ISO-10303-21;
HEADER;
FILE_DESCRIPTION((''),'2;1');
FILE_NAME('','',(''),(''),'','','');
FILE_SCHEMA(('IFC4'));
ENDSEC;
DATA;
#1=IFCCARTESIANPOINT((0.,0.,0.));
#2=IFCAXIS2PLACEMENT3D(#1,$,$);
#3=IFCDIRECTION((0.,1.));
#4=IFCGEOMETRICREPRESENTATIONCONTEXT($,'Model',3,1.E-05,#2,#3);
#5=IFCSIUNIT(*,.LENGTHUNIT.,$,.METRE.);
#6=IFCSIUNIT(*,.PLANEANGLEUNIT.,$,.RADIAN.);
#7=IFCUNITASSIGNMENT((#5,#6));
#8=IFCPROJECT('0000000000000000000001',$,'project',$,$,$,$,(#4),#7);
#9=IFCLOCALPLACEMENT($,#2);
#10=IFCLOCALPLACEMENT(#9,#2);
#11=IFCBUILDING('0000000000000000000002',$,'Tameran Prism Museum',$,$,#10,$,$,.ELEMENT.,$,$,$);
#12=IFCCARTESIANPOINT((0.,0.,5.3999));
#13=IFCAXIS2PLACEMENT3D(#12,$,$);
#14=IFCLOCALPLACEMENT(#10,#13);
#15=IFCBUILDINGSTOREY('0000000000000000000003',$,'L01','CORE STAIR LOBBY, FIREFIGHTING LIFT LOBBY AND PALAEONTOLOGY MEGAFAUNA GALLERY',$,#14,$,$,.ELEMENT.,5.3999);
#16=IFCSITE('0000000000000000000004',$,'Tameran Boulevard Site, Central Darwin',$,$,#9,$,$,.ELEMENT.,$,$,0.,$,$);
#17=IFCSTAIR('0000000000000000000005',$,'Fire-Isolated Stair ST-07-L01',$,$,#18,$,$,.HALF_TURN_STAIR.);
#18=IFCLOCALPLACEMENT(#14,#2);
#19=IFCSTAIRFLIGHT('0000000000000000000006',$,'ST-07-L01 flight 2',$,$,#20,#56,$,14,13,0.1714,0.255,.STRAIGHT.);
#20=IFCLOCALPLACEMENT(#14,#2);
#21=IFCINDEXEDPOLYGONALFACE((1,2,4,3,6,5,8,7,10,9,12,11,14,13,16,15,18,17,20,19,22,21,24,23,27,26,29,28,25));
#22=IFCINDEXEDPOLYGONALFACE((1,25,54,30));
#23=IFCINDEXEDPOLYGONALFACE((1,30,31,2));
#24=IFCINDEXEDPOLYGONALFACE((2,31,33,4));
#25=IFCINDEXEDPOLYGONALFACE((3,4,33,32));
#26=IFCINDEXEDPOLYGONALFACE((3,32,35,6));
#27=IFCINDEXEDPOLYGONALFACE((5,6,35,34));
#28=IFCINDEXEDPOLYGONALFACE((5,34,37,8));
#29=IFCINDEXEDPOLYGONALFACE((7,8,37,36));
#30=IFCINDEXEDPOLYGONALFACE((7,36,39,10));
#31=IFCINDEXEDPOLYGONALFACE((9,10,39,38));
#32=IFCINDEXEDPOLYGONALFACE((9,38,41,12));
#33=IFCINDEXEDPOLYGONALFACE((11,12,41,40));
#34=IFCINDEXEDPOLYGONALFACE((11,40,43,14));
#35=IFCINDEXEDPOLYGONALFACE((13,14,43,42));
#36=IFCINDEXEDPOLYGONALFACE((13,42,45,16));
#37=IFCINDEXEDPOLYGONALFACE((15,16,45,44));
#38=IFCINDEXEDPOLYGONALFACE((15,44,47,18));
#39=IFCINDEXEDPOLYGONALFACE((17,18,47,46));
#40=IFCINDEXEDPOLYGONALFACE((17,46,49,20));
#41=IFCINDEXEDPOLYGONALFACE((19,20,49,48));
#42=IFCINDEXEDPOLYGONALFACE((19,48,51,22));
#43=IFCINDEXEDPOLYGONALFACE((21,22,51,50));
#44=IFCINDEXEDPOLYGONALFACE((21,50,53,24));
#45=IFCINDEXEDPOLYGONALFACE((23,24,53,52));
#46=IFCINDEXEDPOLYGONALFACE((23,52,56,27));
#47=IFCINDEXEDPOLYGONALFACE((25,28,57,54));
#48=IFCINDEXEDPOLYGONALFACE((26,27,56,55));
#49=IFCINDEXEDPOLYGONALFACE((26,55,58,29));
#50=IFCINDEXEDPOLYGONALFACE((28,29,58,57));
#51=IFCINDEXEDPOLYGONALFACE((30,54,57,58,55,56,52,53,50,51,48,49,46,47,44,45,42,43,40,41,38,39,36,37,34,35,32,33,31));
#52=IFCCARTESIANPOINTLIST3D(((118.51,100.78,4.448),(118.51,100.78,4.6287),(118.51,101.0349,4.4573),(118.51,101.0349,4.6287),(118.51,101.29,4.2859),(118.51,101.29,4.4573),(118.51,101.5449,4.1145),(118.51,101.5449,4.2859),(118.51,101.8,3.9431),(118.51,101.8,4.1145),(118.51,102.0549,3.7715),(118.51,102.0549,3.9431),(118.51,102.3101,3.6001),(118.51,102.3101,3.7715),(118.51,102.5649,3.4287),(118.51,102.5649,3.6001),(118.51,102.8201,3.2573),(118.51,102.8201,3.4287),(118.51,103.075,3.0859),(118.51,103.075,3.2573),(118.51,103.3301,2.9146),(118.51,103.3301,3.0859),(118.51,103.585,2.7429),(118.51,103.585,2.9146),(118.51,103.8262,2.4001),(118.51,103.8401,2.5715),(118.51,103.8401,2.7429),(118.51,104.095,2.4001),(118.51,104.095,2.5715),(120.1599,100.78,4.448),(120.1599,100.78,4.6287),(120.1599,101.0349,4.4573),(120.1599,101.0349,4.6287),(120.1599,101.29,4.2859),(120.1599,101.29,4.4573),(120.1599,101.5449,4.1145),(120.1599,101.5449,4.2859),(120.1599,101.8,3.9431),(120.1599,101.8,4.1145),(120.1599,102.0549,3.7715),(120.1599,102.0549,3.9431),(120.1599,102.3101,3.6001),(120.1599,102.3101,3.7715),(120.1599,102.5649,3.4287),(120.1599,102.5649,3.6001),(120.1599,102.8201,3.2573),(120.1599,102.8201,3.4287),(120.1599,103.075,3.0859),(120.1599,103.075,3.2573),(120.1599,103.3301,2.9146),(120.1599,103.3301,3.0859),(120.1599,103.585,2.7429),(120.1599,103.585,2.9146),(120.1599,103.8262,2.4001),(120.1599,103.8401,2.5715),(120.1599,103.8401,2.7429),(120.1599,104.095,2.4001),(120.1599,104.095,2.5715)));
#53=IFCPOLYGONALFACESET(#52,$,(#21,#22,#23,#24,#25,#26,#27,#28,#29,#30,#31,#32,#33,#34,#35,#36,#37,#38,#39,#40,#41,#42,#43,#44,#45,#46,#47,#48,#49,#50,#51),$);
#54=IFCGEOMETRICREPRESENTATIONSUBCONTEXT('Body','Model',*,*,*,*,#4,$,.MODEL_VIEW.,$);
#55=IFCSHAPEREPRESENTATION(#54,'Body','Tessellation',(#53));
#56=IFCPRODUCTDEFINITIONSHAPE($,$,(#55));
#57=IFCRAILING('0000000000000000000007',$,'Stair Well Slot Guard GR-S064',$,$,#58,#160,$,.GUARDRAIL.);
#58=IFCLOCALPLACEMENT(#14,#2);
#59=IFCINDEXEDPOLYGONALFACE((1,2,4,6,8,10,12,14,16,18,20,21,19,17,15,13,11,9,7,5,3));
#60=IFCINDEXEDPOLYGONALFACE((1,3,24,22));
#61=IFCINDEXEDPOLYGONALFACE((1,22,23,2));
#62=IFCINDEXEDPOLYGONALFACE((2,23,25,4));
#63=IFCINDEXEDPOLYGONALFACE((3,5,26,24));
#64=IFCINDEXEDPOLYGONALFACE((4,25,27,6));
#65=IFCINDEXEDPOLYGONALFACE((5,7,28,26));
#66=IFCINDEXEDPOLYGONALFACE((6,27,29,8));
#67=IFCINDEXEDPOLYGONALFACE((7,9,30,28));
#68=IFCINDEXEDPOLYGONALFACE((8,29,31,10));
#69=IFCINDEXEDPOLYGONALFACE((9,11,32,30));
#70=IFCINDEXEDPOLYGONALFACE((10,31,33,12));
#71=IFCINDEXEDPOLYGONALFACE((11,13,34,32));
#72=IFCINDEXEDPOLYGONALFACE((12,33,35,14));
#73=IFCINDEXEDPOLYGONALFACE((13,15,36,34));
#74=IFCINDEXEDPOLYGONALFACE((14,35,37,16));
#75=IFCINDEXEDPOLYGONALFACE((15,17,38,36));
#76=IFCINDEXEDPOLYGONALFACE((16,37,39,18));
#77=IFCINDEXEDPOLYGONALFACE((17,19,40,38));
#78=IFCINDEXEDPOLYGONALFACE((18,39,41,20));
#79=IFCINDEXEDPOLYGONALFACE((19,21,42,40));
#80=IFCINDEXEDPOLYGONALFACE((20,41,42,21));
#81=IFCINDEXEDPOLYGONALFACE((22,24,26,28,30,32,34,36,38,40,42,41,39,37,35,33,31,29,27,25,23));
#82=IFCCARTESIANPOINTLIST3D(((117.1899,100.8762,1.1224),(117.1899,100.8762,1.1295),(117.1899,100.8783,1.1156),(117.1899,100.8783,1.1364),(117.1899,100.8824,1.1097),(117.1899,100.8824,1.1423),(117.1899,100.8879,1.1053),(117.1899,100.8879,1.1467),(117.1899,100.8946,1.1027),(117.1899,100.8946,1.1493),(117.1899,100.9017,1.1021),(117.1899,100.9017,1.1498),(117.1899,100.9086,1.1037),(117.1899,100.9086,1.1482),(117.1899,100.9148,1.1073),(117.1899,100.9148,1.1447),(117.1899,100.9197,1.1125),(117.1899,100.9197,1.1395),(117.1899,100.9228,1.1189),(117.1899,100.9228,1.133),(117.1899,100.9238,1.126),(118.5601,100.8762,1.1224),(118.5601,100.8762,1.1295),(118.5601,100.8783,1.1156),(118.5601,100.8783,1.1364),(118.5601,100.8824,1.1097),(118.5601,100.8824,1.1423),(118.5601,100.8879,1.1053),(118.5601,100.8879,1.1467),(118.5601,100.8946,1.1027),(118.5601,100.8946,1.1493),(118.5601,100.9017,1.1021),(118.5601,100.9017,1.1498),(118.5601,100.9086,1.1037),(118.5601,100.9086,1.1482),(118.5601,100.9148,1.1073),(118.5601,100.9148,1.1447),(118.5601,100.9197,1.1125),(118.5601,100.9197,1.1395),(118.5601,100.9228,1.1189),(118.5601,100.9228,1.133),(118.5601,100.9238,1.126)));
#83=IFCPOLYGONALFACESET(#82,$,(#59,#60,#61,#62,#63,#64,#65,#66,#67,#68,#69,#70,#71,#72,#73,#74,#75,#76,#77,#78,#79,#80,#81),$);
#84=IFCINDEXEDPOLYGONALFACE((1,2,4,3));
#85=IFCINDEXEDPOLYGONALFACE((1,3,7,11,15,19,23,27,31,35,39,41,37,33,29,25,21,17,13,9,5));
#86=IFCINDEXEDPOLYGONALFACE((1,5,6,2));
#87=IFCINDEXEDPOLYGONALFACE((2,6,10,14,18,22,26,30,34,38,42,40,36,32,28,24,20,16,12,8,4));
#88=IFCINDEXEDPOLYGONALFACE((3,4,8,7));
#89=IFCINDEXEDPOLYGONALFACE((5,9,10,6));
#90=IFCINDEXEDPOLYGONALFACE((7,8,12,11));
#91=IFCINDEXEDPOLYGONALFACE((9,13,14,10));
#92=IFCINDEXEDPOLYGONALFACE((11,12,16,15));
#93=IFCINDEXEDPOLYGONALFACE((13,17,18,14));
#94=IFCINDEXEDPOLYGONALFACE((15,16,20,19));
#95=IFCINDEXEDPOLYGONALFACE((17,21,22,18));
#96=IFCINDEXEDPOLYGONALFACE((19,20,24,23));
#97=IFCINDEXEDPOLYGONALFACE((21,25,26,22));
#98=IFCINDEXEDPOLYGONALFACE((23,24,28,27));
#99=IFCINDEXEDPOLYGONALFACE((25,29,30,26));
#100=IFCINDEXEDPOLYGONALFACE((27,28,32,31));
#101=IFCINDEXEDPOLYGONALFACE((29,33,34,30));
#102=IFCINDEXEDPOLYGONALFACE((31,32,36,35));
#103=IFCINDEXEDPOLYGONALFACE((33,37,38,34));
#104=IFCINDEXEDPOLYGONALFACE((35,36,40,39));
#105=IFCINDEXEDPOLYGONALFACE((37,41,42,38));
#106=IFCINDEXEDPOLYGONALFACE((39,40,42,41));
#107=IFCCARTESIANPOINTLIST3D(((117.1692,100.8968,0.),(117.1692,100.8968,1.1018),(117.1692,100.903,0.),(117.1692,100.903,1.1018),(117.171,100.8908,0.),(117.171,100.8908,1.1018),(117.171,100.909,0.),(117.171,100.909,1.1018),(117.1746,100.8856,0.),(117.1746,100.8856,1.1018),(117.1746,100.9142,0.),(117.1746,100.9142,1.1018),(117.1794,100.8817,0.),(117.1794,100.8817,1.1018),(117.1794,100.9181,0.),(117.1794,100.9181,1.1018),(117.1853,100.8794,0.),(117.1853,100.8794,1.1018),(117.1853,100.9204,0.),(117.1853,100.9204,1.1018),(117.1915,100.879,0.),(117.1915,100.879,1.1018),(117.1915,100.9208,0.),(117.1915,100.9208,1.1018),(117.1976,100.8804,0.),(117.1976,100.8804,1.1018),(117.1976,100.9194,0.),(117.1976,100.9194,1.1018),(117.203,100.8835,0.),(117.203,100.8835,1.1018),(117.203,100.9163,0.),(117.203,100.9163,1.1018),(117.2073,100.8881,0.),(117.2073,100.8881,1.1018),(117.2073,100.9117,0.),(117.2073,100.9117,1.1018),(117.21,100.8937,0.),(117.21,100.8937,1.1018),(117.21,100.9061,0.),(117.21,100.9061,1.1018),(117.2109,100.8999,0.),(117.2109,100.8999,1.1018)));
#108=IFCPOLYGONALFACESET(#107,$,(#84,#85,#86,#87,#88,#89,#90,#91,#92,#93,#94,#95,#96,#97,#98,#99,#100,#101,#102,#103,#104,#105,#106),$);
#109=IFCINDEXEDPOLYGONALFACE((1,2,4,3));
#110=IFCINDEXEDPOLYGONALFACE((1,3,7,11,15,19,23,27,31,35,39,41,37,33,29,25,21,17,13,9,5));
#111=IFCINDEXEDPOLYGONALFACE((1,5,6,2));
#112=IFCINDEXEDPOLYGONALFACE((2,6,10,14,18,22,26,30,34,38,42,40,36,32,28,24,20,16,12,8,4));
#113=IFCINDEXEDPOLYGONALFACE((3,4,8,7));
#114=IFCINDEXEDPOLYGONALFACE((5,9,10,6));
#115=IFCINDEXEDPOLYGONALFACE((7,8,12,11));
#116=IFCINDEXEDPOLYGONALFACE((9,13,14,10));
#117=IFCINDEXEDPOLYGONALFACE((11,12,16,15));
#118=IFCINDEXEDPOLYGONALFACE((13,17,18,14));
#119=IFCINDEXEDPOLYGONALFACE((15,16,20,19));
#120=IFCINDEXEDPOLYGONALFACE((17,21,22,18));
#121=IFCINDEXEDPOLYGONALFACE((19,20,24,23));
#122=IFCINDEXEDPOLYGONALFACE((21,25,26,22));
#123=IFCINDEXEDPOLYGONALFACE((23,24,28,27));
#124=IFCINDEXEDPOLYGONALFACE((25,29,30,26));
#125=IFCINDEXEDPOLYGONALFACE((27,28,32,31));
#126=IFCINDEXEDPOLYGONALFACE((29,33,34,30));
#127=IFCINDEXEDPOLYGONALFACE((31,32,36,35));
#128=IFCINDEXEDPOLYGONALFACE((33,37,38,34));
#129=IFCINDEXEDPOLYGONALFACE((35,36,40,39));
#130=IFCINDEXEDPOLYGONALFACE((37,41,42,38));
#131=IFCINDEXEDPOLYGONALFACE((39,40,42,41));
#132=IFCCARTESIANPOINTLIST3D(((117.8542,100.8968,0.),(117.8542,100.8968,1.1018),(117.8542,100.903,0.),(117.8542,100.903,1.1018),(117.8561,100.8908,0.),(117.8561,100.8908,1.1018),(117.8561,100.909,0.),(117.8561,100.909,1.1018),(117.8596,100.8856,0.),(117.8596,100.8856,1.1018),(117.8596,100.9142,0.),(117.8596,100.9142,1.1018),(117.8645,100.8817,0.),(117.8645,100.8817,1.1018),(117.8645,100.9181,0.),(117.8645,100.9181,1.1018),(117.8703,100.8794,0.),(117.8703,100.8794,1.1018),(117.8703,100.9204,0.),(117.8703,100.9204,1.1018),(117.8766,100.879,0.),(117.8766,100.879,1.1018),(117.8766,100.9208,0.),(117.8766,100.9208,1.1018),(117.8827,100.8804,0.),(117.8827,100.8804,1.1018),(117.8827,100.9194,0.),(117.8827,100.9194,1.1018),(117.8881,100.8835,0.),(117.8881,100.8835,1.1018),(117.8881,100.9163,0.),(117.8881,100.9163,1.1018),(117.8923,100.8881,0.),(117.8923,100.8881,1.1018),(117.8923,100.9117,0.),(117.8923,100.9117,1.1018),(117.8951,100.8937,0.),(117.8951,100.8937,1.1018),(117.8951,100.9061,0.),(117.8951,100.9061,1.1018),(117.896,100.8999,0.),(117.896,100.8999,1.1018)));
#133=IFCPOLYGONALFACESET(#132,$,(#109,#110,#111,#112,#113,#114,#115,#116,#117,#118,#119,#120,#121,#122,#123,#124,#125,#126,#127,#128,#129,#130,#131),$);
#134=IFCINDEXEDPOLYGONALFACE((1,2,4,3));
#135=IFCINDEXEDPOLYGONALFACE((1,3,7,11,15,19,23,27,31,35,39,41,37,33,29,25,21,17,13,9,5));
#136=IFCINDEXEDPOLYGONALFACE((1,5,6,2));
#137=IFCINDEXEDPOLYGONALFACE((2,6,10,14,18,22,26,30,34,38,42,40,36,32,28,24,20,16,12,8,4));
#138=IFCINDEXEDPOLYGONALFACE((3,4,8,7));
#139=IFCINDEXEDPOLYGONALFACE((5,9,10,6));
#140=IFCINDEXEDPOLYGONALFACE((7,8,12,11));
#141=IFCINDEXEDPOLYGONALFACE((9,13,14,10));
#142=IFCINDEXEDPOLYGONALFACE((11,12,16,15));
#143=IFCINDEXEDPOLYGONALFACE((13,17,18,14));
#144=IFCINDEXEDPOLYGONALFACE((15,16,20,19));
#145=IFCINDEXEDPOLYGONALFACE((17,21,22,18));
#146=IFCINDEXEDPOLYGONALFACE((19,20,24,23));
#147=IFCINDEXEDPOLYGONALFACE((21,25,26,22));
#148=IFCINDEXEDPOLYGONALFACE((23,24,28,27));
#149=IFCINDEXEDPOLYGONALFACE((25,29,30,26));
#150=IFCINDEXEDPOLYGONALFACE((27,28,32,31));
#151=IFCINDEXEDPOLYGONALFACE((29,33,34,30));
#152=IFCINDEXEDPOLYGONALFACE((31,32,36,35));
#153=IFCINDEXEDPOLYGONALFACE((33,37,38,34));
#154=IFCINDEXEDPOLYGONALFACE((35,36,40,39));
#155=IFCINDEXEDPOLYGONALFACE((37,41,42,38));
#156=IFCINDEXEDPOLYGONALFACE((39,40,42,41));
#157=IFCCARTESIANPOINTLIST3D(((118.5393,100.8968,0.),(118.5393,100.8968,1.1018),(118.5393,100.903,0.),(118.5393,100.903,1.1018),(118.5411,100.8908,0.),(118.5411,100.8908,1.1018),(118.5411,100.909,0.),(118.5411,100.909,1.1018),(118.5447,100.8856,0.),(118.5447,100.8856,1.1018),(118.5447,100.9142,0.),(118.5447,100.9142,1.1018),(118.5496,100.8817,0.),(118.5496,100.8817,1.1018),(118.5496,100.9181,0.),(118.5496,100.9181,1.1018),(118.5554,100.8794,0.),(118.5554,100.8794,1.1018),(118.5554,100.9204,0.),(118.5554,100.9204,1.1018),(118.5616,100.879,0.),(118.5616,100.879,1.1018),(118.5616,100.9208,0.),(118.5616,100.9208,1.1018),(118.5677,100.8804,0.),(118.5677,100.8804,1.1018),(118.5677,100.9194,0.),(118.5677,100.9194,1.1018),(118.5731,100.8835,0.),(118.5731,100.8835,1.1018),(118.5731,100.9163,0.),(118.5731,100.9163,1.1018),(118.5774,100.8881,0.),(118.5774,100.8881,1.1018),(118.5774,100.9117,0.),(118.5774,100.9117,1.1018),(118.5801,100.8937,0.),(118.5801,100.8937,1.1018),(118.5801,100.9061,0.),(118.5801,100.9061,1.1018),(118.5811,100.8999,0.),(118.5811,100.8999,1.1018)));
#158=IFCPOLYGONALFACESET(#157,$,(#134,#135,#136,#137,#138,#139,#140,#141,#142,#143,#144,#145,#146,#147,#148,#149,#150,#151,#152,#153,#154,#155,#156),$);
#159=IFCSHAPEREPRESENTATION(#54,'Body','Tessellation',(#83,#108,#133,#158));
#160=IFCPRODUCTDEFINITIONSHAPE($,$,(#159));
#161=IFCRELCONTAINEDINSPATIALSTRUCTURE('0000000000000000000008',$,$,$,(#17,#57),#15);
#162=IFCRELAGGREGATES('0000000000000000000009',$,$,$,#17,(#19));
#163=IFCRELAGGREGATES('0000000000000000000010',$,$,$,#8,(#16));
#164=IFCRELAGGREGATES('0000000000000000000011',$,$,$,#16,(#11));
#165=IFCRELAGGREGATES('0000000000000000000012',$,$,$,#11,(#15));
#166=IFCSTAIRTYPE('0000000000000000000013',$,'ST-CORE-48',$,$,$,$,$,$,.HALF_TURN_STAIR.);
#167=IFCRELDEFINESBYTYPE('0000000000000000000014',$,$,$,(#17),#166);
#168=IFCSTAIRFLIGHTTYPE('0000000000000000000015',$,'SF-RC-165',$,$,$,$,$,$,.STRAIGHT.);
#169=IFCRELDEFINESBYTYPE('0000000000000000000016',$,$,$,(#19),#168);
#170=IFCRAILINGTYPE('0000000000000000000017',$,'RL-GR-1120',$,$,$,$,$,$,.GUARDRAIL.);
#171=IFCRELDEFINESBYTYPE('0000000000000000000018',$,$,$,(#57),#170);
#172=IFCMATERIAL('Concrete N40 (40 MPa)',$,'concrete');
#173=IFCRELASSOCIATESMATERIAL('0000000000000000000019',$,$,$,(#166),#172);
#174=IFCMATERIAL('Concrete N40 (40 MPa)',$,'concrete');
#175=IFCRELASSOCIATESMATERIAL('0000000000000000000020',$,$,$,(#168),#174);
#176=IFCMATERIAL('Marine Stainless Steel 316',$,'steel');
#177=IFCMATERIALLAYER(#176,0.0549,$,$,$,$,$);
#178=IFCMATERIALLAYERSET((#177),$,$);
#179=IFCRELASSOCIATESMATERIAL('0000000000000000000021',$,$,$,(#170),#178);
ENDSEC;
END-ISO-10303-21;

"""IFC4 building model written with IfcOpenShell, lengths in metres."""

from ifc_helpers import new_model, si_unit, direction, frame, origin, origin_2d, place, context, subcontext, project, spatial, polyline, circle, outline, extrude, material, layer, layer_set, type_object, element, aggregate, save


model = new_model("IFC4")

# Units and contexts
model_context = context("Model", 3, precision=1e-05, world=origin(), true_north=direction((0.0, 1.0)))
body_context = subcontext(model_context, "Body", "Model", "MODEL_VIEW")
ifc_project = project(units=[si_unit("LENGTHUNIT", "METRE"), si_unit("PLANEANGLEUNIT", "RADIAN")], contexts=[model_context])

# Site, building, storey
site_placement = place(None, origin())
site = spatial("IfcSite", under=ifc_project, at=site_placement, Name="Tameran Boulevard Site, Central Darwin", CompositionType="ELEMENT", RefElevation=0.0)
building_placement = place(site_placement, origin())
building = spatial("IfcBuilding", under=site, at=building_placement, Name="Tameran Prism Museum", CompositionType="ELEMENT")
storey_placement = place(building_placement, frame((0.0, 0.0, 5.3999)))
storey = spatial("IfcBuildingStorey", under=building, at=storey_placement, Name="L01", Description="CORE STAIR LOBBY, FIREFIGHTING LIFT LOBBY AND PALAEONTOLOGY MEGAFAUNA GALLERY", CompositionType="ELEMENT", Elevation=5.3999)

# Stair, stair flight
ifc_material_1 = material(Name="Concrete N40 (40 MPa)", Category="concrete")
stair_type = type_object("IfcStairType", Name="ST-CORE-48", PredefinedType="HALF_TURN_STAIR", material=ifc_material_1)
stair_placement = place(storey_placement, origin())
stair = element("IfcStair", 1, at=stair_placement, inside=storey, type_object=stair_type, Name="Fire-Isolated Stair ST-07-L01", PredefinedType="HALF_TURN_STAIR")
ifc_material_2 = material(Name="Concrete N40 (40 MPa)", Category="concrete")
stair_flight_type = type_object("IfcStairFlightType", Name="SF-RC-165", PredefinedType="STRAIGHT", material=ifc_material_2)
stair_flight_1_placement = place(storey_placement, frame((119.335, 104.095, 2.4001), z_axis=(0.0, 0.0, 1.0), x_axis=(0.0, -1.0, 0.0)))
stair_flight_1 = element("IfcStairFlight", 2, at=stair_flight_1_placement, type_object=stair_flight_type, Name="ST-07-L01 flight 2", NumberOfRisers=14, NumberOfTreads=13, PredefinedType="STRAIGHT", RiserHeight=0.1714, TreadLength=0.255, context=body_context, shape_type="SweptSolid", body=[
    extrude(outline(polyline([(0.0, 0.0), (0.0, 0.1714), (0.2549, 0.1714), (0.2549, 0.3428), (0.51, 0.3428), (0.51, 0.5144), (0.7649, 0.5144), (0.7649, 0.6858), (1.02, 0.6858), (1.02, 0.8572), (1.2749, 0.8572), (1.2749, 1.0286), (1.53, 1.0286), (1.53, 1.2), (1.7849, 1.2), (1.7849, 1.3713), (2.04, 1.3713), (2.04, 1.543), (2.2949, 1.543), (2.2949, 1.7144), (2.55, 1.7144), (2.55, 1.8857), (2.8049, 1.8857), (2.8049, 2.0571), (3.0601, 2.0571), (3.0601, 2.2285), (3.3149, 2.2285), (3.3149, 2.3999), (3.3149, 2.0479), (0.2688, 0.0), (0.0, 0.0)])), frame((0.0, 0.825, 0.0), z_axis=(0.0, -1.0, 0.0), x_axis=(1.0, 0.0, 0.0)), (0.0, 0.0, 1.0), 1.6499),
])
aggregate(stair, [stair_flight_1])

# Railing
ifc_material_3 = material(Name="Marine Stainless Steel 316", Category="steel")
ifc_layer_1 = layer(ifc_material_3, 0.0549)
ifc_layer_set_1 = layer_set([ifc_layer_1])
railing_type_1 = type_object("IfcRailingType", Name="RL-GR-1120", PredefinedType="GUARDRAIL", material=ifc_layer_set_1)
railing_1_placement = place(storey_placement, frame((117.1899, 100.8999, 0.0)))
element("IfcRailing", 3, at=railing_1_placement, inside=storey, type_object=railing_type_1, Name="Stair Well Slot Guard GR-S064", PredefinedType="GUARDRAIL", context=body_context, shape_type="SweptSolid", body=[
    extrude(circle(Radius=0.0239, at=origin_2d()), frame((0.0, 0.0, 1.126), z_axis=(1.0, 0.0, 0.0), x_axis=(0.0, 1.0, 0.0)), (0.0, 0.0, 1.0), 1.3701),
    extrude(circle(Radius=0.021, at=origin_2d()), origin(), (0.0, 0.0, 1.0), 1.1018),
    extrude(circle(Radius=0.021, at=origin_2d()), frame((0.6851, 0.0, 0.0)), (0.0, 0.0, 1.0), 1.1018),
    extrude(circle(Radius=0.021, at=origin_2d()), frame((1.3701, 0.0, 0.0)), (0.0, 0.0, 1.0), 1.1018),
])

save(model, "model.ifc")
